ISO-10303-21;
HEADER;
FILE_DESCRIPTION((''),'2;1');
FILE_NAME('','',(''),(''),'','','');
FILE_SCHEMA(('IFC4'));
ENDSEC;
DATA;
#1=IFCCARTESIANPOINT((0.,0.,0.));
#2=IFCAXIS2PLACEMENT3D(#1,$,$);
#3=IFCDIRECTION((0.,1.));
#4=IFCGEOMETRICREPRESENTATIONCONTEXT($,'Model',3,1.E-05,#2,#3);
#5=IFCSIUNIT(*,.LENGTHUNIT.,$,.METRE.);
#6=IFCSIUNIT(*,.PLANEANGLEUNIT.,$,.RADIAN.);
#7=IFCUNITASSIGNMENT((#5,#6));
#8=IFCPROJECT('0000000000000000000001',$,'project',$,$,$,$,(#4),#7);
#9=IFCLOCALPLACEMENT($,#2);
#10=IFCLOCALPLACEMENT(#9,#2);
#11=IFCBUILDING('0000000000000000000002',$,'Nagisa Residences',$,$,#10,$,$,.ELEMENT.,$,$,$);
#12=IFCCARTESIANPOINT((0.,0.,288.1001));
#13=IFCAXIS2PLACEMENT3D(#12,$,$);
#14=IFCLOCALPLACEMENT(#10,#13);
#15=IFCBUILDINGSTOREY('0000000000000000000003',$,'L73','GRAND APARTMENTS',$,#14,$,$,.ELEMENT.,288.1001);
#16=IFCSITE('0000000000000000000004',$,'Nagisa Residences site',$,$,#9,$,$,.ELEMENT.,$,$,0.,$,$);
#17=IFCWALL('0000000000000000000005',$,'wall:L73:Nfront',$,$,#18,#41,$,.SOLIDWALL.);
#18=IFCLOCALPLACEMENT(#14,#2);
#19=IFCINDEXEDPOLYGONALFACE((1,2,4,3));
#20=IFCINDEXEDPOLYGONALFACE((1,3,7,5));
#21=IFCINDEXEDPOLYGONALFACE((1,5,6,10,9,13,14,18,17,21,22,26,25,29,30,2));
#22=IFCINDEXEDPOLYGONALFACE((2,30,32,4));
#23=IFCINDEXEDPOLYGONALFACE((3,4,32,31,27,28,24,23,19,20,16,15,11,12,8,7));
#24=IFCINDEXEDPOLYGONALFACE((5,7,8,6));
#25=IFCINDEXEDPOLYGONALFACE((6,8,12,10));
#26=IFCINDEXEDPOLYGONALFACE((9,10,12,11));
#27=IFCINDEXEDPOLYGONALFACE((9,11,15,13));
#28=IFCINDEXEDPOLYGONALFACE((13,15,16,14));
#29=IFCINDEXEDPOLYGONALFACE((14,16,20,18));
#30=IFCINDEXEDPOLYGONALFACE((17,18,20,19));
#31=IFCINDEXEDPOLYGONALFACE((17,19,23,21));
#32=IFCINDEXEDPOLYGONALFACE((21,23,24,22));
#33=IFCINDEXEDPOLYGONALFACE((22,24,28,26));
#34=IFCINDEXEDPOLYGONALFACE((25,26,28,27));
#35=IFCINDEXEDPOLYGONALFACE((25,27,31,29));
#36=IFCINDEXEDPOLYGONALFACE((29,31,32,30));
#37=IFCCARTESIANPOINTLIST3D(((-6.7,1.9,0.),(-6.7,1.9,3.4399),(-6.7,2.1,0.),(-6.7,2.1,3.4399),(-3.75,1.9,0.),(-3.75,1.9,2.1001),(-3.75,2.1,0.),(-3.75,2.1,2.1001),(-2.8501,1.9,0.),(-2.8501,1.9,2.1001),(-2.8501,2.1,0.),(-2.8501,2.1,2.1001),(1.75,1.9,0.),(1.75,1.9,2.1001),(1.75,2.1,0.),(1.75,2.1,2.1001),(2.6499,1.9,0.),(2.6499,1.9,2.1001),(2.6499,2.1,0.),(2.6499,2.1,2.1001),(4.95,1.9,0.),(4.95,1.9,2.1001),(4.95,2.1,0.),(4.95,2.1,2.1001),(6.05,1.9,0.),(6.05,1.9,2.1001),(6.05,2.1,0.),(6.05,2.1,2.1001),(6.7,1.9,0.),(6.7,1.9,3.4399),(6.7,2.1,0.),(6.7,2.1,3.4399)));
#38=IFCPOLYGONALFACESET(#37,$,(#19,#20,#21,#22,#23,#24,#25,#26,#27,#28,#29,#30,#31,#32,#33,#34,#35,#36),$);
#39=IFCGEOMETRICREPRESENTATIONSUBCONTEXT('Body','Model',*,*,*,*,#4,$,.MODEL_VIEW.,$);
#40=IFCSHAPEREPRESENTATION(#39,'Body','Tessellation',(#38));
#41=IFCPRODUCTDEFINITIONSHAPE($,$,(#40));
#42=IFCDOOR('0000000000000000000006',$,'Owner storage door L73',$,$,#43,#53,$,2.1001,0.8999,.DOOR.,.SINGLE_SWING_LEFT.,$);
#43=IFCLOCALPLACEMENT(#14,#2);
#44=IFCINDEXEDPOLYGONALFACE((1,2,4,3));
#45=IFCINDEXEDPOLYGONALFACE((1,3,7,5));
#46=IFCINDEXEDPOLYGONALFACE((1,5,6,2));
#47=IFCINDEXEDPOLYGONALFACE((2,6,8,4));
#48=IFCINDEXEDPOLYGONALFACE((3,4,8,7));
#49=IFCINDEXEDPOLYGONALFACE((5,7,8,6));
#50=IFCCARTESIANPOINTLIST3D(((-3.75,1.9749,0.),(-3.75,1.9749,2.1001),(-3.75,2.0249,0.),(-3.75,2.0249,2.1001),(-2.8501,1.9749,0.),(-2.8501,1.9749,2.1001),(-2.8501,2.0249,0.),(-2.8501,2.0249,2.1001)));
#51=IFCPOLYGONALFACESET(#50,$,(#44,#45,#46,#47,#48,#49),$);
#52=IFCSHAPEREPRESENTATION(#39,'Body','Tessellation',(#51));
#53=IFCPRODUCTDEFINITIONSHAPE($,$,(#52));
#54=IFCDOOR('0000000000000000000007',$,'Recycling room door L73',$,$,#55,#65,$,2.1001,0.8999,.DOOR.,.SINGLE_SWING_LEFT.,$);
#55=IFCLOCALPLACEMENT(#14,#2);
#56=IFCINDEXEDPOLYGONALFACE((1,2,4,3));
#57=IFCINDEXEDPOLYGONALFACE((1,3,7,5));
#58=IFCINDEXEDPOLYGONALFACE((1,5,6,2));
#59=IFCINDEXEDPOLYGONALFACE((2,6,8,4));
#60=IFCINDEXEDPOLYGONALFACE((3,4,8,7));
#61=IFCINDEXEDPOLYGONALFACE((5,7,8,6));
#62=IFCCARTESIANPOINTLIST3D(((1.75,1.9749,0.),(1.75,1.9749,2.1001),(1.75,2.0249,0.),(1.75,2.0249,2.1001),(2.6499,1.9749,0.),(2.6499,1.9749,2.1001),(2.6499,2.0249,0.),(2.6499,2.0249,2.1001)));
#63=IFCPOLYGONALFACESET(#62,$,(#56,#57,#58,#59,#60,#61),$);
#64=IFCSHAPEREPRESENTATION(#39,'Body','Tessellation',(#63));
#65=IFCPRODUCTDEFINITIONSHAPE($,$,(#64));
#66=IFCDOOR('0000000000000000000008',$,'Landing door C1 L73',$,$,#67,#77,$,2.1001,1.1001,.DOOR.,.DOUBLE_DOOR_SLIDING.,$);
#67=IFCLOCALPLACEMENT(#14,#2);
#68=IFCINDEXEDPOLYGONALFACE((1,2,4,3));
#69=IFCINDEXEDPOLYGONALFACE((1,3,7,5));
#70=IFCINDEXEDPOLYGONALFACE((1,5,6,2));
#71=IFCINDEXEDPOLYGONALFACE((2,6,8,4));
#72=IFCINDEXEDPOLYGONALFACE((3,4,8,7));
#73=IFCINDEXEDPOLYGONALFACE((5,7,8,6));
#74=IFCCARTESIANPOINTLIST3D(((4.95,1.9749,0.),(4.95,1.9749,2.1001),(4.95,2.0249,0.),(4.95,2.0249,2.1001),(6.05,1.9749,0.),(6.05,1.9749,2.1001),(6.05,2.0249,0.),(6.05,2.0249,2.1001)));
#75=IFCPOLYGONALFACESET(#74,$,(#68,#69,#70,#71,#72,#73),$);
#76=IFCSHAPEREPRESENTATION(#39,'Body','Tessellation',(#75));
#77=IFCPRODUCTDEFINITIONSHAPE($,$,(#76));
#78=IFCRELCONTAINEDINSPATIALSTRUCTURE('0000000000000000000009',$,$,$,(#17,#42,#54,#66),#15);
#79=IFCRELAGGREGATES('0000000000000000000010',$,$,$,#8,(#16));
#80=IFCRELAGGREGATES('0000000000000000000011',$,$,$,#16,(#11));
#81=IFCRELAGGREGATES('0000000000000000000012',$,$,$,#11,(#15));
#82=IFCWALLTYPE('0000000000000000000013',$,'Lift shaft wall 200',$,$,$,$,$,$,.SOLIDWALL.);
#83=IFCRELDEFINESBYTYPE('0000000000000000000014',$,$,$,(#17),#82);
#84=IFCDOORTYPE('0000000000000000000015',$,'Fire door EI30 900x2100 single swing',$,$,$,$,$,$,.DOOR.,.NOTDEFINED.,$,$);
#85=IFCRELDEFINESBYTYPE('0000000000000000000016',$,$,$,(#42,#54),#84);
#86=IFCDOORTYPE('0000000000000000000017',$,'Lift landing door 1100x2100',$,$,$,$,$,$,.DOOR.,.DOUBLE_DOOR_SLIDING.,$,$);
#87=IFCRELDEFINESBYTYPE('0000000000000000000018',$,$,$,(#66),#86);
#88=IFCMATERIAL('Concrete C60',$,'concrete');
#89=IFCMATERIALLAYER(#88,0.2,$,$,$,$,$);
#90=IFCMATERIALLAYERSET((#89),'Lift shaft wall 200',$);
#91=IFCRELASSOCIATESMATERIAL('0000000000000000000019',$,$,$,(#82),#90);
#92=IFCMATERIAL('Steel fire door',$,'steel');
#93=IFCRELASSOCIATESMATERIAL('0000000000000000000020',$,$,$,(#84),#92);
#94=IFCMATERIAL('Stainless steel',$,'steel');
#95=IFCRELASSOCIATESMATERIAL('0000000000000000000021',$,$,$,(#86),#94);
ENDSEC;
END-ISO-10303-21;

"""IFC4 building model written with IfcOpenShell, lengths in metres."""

from ifc_helpers import new_model, si_unit, direction, frame, frame_2d, origin, place, context, subcontext, project, spatial, rectangle, extrude, material, layer, layer_set, type_object, element, fill, save


model = new_model("IFC4")

# Units and contexts
model_context = context("Model", 3, precision=1e-05, world=origin(), true_north=direction((0.0, 1.0)))
body_context = subcontext(model_context, "Body", "Model", "MODEL_VIEW")
ifc_project = project(units=[si_unit("LENGTHUNIT", "METRE"), si_unit("PLANEANGLEUNIT", "RADIAN")], contexts=[model_context])

# Site, building, storey
site_placement = place(None, origin())
site = spatial("IfcSite", under=ifc_project, at=site_placement, Name="Nagisa Residences site", CompositionType="ELEMENT", RefElevation=0.0)
building_placement = place(site_placement, origin())
building = spatial("IfcBuilding", under=site, at=building_placement, Name="Nagisa Residences", CompositionType="ELEMENT")
storey_placement = place(building_placement, frame((0.0, 0.0, 288.1001)))
storey = spatial("IfcBuildingStorey", under=building, at=storey_placement, Name="L73", Description="GRAND APARTMENTS", CompositionType="ELEMENT", Elevation=288.1001)

# Wall, openings, doors
ifc_material_1 = material(Name="Concrete C60", Category="concrete")
ifc_layer_1 = layer(ifc_material_1, 0.2)
ifc_layer_set_1 = layer_set([ifc_layer_1], Name="Lift shaft wall 200")
wall_type_1 = type_object("IfcWallType", Name="Lift shaft wall 200", PredefinedType="SOLIDWALL", material=ifc_layer_set_1)
wall_1_placement = place(storey_placement, frame((-6.7, 2.0, 0.0), z_axis=(0.0, 0.0, 1.0), x_axis=(1.0, 0.0, 0.0)))
wall_1 = element("IfcWall", 1, at=wall_1_placement, inside=storey, type_object=wall_type_1, Name="wall:L73:Nfront", PredefinedType="SOLIDWALL", context=body_context, shape_type="SweptSolid", body=[
    extrude(rectangle(XDim=13.3999, YDim=0.2, at=frame_2d((6.7, 0.0))), origin(), (0.0, 0.0, 1.0), 3.4399),
])
opening_1_placement = place(wall_1_placement, frame((11.6499, 0.0, 0.0)))
opening_1 = element("IfcOpeningElement", 2, at=opening_1_placement, cuts=wall_1, PredefinedType="OPENING", context=body_context, shape_type="SweptSolid", body=[
    extrude(rectangle(XDim=1.1001, YDim=2.1001, at=frame_2d((0.55, 1.05))), frame((0.0, 0.1099, 0.0), z_axis=(0.0, -1.0, 0.0), x_axis=(1.0, 0.0, 0.0)), (0.0, 0.0, 1.0), 0.22),
])
opening_2_placement = place(wall_1_placement, frame((2.95, 0.0, 0.0)))
opening_2 = element("IfcOpeningElement", 3, at=opening_2_placement, cuts=wall_1, PredefinedType="OPENING", context=body_context, shape_type="SweptSolid", body=[
    extrude(rectangle(XDim=0.8999, YDim=2.1001, at=frame_2d((0.45, 1.05))), frame((0.0, 0.1099, 0.0), z_axis=(0.0, -1.0, 0.0), x_axis=(1.0, 0.0, 0.0)), (0.0, 0.0, 1.0), 0.22),
])
opening_3_placement = place(wall_1_placement, frame((8.45, 0.0, 0.0)))
opening_3 = element("IfcOpeningElement", 4, at=opening_3_placement, cuts=wall_1, PredefinedType="OPENING", context=body_context, shape_type="SweptSolid", body=[
    extrude(rectangle(XDim=0.8999, YDim=2.1001, at=frame_2d((0.45, 1.05))), frame((0.0, 0.1099, 0.0), z_axis=(0.0, -1.0, 0.0), x_axis=(1.0, 0.0, 0.0)), (0.0, 0.0, 1.0), 0.22),
])
ifc_material_2 = material(Name="Steel fire door", Category="steel")
door_type_1 = type_object("IfcDoorType", Name="Fire door EI30 900x2100 single swing", OperationType="NOTDEFINED", PredefinedType="DOOR", material=ifc_material_2)
door_1_placement = place(opening_2_placement, origin())
door_1 = element("IfcDoor", 5, at=door_1_placement, inside=storey, type_object=door_type_1, Name="Owner storage door L73", OperationType="SINGLE_SWING_LEFT", OverallHeight=2.1001, OverallWidth=0.8999, PredefinedType="DOOR", context=body_context, shape_type="SweptSolid", body=[
    extrude(rectangle(XDim=0.8999, YDim=2.1001, at=frame_2d((0.45, 1.05))), frame((0.0, 0.0249, 0.0), z_axis=(0.0, -1.0, 0.0), x_axis=(1.0, 0.0, 0.0)), (0.0, 0.0, 1.0), 0.05),
])
fill(opening_2, door_1)
door_2_placement = place(opening_3_placement, origin())
door_2 = element("IfcDoor", 6, at=door_2_placement, inside=storey, type_object=door_type_1, Name="Recycling room door L73", OperationType="SINGLE_SWING_LEFT", OverallHeight=2.1001, OverallWidth=0.8999, PredefinedType="DOOR", context=body_context, shape_type="SweptSolid", body=[
    extrude(rectangle(XDim=0.8999, YDim=2.1001, at=frame_2d((0.45, 1.05))), frame((0.0, 0.0249, 0.0), z_axis=(0.0, -1.0, 0.0), x_axis=(1.0, 0.0, 0.0)), (0.0, 0.0, 1.0), 0.05),
])
fill(opening_3, door_2)
ifc_material_3 = material(Name="Stainless steel", Category="steel")
door_type_2 = type_object("IfcDoorType", Name="Lift landing door 1100x2100", OperationType="DOUBLE_DOOR_SLIDING", PredefinedType="DOOR", material=ifc_material_3)
door_3_placement = place(opening_1_placement, origin())
door_3 = element("IfcDoor", 7, at=door_3_placement, inside=storey, type_object=door_type_2, Name="Landing door C1 L73", OperationType="DOUBLE_DOOR_SLIDING", OverallHeight=2.1001, OverallWidth=1.1001, PredefinedType="DOOR", context=body_context, shape_type="SweptSolid", body=[
    extrude(rectangle(XDim=1.1001, YDim=2.1001, at=frame_2d((0.55, 1.05))), frame((0.0, 0.0249, 0.0), z_axis=(0.0, -1.0, 0.0), x_axis=(1.0, 0.0, 0.0)), (0.0, 0.0, 1.0), 0.05),
])
fill(opening_1, door_3)

save(model, "model.ifc")
